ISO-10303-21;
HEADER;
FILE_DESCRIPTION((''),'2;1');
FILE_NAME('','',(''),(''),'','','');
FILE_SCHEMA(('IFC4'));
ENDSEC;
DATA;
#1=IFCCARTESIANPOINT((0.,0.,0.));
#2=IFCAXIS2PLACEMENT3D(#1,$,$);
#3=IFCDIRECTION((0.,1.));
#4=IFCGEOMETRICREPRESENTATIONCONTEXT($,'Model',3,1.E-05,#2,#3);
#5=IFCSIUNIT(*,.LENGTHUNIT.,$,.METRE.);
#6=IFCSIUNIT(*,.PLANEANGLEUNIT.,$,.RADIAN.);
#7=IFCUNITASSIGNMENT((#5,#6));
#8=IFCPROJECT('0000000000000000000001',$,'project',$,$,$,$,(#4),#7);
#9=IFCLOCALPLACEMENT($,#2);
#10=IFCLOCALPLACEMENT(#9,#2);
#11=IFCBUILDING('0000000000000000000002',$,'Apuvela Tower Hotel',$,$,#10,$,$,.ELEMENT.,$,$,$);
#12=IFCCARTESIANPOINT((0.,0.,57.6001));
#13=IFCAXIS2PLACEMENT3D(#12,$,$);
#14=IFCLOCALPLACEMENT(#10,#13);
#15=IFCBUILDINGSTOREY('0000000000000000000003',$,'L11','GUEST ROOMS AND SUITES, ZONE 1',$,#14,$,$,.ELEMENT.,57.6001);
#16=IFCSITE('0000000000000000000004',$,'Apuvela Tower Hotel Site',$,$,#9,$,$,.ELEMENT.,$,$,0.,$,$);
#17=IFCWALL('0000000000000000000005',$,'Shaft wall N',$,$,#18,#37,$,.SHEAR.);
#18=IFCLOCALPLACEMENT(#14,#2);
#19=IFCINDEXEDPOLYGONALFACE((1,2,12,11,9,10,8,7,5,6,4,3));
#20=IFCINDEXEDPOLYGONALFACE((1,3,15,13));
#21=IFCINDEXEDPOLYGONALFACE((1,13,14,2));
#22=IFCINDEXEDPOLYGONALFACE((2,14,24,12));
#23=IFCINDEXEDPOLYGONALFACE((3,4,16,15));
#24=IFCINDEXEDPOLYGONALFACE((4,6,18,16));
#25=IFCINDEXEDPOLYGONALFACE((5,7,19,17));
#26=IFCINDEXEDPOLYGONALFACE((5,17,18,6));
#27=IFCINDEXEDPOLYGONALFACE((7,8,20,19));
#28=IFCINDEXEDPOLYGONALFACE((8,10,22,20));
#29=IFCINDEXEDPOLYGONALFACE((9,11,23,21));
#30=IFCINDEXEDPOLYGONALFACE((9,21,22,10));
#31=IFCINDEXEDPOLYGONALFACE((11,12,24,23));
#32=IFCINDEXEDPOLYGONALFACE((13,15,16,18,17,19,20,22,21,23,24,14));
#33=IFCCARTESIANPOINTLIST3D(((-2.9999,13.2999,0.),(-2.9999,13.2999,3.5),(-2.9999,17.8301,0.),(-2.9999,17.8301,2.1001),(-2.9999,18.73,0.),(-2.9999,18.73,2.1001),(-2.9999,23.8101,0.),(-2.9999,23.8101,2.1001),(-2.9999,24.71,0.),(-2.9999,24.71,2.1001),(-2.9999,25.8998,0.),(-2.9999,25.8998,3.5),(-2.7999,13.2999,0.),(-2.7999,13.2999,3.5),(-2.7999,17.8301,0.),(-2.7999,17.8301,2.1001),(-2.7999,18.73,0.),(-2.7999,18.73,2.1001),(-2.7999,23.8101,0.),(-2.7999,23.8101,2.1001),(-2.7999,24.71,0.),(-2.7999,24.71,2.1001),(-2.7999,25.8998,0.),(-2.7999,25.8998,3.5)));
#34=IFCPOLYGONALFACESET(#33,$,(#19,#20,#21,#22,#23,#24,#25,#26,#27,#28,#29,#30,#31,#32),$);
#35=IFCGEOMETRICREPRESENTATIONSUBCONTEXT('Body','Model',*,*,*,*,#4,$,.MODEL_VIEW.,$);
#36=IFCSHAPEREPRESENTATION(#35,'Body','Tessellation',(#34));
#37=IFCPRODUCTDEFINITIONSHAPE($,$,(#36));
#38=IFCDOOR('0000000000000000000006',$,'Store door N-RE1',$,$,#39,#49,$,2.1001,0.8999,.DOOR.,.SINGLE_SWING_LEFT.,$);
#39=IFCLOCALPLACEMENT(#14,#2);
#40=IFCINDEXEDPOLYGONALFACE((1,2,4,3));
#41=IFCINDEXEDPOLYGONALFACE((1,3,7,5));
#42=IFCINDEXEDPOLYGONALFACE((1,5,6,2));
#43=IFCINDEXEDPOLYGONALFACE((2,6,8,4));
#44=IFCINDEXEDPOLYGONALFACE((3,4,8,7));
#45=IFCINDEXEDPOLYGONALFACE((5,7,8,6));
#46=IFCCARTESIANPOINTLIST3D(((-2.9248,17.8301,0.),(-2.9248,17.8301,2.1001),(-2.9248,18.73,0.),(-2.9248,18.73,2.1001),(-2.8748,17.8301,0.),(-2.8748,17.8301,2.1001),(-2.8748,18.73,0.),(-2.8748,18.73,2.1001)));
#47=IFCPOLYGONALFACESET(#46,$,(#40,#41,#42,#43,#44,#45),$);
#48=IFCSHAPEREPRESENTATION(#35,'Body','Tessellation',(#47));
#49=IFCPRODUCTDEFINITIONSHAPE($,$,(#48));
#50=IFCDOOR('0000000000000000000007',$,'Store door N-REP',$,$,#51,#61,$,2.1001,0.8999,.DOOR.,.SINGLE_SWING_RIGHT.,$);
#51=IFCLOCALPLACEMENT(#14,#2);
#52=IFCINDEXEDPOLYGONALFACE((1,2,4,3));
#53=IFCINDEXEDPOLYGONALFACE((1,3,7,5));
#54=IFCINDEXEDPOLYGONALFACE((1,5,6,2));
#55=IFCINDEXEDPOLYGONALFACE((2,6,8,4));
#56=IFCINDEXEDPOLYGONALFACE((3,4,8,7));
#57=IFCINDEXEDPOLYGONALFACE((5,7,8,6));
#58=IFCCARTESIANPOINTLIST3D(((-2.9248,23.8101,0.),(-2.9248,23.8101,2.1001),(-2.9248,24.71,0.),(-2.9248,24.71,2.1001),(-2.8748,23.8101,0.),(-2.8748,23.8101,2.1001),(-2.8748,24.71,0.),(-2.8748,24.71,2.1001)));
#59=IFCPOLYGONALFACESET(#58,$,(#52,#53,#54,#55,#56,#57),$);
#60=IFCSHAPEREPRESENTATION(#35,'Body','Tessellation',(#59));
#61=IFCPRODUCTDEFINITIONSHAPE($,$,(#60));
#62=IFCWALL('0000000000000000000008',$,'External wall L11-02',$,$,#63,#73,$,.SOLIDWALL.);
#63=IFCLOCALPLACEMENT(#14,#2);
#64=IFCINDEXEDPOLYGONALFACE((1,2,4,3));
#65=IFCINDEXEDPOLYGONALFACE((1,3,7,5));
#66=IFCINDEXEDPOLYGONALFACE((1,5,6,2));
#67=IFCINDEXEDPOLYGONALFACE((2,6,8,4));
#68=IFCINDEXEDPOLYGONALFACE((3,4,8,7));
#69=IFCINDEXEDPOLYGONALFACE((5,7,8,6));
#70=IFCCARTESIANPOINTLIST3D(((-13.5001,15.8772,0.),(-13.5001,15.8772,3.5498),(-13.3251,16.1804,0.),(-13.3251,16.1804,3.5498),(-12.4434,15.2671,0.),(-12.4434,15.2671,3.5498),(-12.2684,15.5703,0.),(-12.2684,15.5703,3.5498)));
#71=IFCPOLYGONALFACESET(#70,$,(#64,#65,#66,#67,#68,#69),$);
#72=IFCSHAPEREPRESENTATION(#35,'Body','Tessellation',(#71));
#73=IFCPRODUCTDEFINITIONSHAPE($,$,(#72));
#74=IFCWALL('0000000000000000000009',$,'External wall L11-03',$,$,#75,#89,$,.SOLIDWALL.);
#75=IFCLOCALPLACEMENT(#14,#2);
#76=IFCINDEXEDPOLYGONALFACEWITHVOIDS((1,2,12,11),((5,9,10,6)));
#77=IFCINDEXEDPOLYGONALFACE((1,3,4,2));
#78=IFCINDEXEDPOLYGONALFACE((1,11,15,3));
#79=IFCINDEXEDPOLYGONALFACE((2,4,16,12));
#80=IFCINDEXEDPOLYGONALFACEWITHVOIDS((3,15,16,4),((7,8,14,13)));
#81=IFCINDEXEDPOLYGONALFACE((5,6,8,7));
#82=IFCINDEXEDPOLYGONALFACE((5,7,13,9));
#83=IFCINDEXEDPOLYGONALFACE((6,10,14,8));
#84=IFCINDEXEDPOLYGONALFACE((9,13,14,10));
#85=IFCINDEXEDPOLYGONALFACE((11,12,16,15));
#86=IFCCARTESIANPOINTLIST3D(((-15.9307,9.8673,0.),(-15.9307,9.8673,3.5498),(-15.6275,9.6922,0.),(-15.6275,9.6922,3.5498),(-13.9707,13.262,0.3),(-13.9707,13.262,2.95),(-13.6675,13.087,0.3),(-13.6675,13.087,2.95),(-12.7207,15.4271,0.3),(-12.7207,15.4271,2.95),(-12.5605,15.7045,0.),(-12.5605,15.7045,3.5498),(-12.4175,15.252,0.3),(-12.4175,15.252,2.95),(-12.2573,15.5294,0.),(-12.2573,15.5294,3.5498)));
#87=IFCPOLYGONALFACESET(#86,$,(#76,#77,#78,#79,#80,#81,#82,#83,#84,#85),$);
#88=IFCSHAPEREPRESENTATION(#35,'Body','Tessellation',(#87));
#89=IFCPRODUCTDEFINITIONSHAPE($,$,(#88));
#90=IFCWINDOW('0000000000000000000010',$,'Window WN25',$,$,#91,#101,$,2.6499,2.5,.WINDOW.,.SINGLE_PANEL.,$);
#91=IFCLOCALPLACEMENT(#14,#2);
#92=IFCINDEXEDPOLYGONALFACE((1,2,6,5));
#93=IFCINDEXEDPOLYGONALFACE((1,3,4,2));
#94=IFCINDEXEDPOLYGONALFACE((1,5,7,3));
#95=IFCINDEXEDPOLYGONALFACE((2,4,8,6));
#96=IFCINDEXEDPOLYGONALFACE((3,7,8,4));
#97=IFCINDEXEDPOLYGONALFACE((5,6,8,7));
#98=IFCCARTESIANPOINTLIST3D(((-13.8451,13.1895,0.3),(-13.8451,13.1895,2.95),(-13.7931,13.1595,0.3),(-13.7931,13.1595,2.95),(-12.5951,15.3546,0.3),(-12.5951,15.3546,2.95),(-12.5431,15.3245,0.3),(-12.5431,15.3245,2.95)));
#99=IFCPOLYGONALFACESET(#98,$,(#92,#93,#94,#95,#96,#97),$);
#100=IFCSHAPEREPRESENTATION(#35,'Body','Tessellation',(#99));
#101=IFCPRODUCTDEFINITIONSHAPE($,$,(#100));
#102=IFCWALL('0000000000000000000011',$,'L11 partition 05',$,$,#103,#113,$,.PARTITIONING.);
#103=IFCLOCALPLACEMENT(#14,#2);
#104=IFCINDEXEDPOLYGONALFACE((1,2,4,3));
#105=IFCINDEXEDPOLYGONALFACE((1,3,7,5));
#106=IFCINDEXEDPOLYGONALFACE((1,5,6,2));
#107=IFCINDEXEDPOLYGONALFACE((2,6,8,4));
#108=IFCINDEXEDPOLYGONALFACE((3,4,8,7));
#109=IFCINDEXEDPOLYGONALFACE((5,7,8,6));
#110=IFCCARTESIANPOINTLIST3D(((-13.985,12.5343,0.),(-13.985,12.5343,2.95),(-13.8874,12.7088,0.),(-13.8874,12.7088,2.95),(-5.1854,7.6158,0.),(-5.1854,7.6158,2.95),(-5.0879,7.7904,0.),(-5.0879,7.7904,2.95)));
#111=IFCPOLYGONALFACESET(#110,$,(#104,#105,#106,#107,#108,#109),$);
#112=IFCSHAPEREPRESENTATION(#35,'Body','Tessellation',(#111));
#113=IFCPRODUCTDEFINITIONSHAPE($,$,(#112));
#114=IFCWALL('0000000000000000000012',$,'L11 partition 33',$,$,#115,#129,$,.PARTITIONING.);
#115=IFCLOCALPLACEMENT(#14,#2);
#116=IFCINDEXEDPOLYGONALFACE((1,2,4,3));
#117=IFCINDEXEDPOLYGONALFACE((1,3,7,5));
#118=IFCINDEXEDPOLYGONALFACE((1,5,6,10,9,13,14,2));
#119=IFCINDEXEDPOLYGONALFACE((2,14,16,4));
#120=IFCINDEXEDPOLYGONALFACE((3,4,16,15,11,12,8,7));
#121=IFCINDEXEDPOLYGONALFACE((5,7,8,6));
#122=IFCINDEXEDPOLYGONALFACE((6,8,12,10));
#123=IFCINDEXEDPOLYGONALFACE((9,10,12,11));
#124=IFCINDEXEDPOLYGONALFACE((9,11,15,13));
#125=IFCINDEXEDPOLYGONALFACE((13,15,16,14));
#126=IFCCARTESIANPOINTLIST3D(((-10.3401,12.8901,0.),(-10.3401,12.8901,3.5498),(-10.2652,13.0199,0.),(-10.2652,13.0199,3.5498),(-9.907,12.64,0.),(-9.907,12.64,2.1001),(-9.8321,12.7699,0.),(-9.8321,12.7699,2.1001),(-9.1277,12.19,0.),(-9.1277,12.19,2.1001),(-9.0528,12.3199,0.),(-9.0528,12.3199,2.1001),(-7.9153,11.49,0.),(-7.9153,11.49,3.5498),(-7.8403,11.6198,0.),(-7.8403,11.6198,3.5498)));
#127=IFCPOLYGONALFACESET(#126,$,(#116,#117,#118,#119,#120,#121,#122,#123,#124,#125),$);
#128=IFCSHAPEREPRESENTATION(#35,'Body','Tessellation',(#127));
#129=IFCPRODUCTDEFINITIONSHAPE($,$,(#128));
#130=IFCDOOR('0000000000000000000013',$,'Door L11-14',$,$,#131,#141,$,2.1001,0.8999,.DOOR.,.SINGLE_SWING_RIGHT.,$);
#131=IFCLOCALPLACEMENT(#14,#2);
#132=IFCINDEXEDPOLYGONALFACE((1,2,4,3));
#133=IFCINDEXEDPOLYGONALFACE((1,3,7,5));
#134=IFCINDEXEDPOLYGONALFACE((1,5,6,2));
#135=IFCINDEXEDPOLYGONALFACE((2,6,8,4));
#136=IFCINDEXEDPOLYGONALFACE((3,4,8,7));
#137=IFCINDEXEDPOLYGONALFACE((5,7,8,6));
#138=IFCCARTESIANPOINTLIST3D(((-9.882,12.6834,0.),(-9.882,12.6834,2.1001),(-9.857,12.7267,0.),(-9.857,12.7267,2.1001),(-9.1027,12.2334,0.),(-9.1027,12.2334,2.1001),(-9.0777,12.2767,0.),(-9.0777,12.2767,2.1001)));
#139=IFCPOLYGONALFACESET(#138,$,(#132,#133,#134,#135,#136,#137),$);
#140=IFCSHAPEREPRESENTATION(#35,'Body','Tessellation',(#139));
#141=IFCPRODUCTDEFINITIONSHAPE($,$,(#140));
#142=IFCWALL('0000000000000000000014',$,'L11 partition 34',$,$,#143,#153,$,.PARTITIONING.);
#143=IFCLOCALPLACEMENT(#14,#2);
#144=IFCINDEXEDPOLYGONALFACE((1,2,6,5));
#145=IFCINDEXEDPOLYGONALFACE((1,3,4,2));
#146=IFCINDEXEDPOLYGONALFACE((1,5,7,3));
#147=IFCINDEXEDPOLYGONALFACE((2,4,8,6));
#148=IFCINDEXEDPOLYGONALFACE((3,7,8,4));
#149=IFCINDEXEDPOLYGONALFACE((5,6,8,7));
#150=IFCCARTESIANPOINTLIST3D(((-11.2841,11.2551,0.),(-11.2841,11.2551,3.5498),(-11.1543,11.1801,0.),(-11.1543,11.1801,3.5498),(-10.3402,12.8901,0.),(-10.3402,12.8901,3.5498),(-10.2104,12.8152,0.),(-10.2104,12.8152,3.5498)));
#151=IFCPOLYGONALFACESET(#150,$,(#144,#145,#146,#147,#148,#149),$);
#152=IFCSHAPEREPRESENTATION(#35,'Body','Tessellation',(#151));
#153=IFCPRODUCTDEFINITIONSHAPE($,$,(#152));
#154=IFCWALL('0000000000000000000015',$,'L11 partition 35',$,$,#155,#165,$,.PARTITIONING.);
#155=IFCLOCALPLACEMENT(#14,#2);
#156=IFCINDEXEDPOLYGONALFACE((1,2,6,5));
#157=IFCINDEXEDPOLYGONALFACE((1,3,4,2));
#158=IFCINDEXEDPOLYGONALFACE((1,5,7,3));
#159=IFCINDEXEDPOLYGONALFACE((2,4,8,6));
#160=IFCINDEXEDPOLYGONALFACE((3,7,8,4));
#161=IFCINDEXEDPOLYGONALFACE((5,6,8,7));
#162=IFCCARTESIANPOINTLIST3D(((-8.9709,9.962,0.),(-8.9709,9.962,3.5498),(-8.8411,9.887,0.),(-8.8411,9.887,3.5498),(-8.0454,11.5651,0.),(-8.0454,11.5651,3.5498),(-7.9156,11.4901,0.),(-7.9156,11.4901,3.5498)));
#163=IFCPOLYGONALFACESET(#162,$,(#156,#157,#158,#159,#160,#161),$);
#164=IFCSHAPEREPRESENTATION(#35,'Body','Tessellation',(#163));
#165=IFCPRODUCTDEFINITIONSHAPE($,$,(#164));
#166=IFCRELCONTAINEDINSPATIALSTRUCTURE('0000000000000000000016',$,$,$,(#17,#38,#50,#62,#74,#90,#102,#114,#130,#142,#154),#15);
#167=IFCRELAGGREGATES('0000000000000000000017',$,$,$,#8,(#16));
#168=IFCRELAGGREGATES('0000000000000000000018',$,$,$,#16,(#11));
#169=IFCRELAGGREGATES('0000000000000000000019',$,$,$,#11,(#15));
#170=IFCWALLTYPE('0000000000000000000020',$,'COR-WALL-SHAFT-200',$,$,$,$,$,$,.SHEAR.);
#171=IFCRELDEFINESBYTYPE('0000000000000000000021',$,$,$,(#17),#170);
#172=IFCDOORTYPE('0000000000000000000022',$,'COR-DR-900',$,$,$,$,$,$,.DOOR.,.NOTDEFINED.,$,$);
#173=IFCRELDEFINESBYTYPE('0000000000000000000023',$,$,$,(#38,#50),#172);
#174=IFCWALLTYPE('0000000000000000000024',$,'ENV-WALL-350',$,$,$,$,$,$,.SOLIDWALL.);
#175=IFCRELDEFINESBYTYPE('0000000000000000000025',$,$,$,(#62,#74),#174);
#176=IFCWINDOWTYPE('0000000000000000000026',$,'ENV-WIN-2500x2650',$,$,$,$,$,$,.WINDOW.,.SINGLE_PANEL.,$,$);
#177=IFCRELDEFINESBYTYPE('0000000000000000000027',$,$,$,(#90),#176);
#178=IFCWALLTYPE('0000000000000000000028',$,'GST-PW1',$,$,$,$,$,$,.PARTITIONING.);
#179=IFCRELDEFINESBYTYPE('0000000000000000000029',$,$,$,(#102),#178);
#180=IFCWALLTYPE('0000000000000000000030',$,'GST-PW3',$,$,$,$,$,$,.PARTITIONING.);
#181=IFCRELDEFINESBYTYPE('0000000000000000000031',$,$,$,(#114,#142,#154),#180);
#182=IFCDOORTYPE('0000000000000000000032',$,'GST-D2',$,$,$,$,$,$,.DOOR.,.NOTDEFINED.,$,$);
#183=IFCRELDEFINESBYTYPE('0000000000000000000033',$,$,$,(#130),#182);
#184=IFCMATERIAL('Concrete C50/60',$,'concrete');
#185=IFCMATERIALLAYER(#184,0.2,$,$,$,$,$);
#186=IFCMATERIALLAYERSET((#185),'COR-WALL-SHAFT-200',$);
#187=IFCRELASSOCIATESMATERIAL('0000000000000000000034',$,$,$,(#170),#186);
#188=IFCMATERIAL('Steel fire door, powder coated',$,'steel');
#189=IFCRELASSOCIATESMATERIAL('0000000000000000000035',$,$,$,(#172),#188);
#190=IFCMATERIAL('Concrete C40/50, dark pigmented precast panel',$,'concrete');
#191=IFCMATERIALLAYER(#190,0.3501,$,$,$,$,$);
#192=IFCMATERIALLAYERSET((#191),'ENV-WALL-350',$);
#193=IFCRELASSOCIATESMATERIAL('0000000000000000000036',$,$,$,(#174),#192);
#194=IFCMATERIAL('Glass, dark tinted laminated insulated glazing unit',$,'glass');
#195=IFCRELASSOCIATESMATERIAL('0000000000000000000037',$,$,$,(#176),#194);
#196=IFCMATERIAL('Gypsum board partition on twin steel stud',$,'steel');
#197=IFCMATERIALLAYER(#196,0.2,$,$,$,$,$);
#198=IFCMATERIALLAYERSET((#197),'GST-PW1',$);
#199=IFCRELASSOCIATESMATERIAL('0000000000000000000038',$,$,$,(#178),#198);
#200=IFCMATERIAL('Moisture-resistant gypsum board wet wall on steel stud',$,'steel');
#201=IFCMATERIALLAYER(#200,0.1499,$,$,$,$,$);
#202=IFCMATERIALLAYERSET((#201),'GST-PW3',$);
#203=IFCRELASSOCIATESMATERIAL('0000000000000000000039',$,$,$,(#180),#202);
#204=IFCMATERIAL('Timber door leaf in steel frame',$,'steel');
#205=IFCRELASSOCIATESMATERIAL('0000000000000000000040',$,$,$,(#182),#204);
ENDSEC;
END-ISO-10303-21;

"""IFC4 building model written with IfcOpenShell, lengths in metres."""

from ifc_helpers import new_model, si_unit, direction, frame, frame_2d, origin, place, context, subcontext, project, spatial, rectangle, extrude, material, layer, layer_set, type_object, element, fill, save


model = new_model("IFC4")

# Units and contexts
model_context = context("Model", 3, precision=1e-05, world=origin(), true_north=direction((0.0, 1.0)))
body_context = subcontext(model_context, "Body", "Model", "MODEL_VIEW")
ifc_project = project(units=[si_unit("LENGTHUNIT", "METRE"), si_unit("PLANEANGLEUNIT", "RADIAN")], contexts=[model_context])

# Site, building, storey
site_placement = place(None, origin())
site = spatial("IfcSite", under=ifc_project, at=site_placement, Name="Apuvela Tower Hotel Site", CompositionType="ELEMENT", RefElevation=0.0)
building_placement = place(site_placement, origin())
building = spatial("IfcBuilding", under=site, at=building_placement, Name="Apuvela Tower Hotel", CompositionType="ELEMENT")
storey_placement = place(building_placement, frame((0.0, 0.0, 57.6001)))
storey = spatial("IfcBuildingStorey", under=building, at=storey_placement, Name="L11", Description="GUEST ROOMS AND SUITES, ZONE 1", CompositionType="ELEMENT", Elevation=57.6001)

# Shared definitions
ifc_material_1 = material(Name="Concrete C50/60", Category="concrete")
ifc_layer_1 = layer(ifc_material_1, 0.2)
ifc_layer_set_1 = layer_set([ifc_layer_1], Name="COR-WALL-SHAFT-200")
wall_type_1 = type_object("IfcWallType", Name="COR-WALL-SHAFT-200", PredefinedType="SHEAR", material=ifc_layer_set_1)

# Wall, openings, doors
wall_1_placement = place(storey_placement, frame((-2.8999, 13.3, 0.0), z_axis=(0.0, 0.0, 1.0), x_axis=(0.0, 1.0, 0.0)))
wall_1 = element("IfcWall", 1, at=wall_1_placement, inside=storey, type_object=wall_type_1, Name="Shaft wall N", PredefinedType="SHEAR", context=body_context, shape_type="SweptSolid", body=[
    extrude(rectangle(XDim=12.5999, YDim=0.2, at=frame_2d((6.2998, 0.0))), origin(), (0.0, 0.0, 1.0), 3.5),
])
opening_1_placement = place(wall_1_placement, frame((4.53, 0.0, 0.0)))
opening_1 = element("IfcOpeningElement", 2, at=opening_1_placement, cuts=wall_1, PredefinedType="OPENING", context=body_context, shape_type="SweptSolid", body=[
    extrude(rectangle(XDim=0.8999, YDim=2.1001, at=frame_2d((0.45, 1.05))), frame((0.0, 0.1099, 0.0), z_axis=(0.0, -1.0, 0.0), x_axis=(1.0, 0.0, 0.0)), (0.0, 0.0, 1.0), 0.22),
])
opening_2_placement = place(wall_1_placement, frame((10.51, 0.0, 0.0)))
opening_2 = element("IfcOpeningElement", 3, at=opening_2_placement, cuts=wall_1, PredefinedType="OPENING", context=body_context, shape_type="SweptSolid", body=[
    extrude(rectangle(XDim=0.8999, YDim=2.1001, at=frame_2d((0.45, 1.05))), frame((0.0, 0.1099, 0.0), z_axis=(0.0, -1.0, 0.0), x_axis=(1.0, 0.0, 0.0)), (0.0, 0.0, 1.0), 0.22),
])
ifc_material_2 = material(Name="Steel fire door, powder coated", Category="steel")
door_type_1 = type_object("IfcDoorType", Name="COR-DR-900", OperationType="NOTDEFINED", PredefinedType="DOOR", material=ifc_material_2)
door_1_placement = place(opening_1_placement, origin())
door_1 = element("IfcDoor", 4, at=door_1_placement, inside=storey, type_object=door_type_1, Name="Store door N-RE1", OperationType="SINGLE_SWING_LEFT", OverallHeight=2.1001, OverallWidth=0.8999, PredefinedType="DOOR", context=body_context, shape_type="SweptSolid", body=[
    extrude(rectangle(XDim=0.8999, YDim=2.1001, at=frame_2d((0.45, 1.05))), frame((0.0, 0.0249, 0.0), z_axis=(0.0, -1.0, 0.0), x_axis=(1.0, 0.0, 0.0)), (0.0, 0.0, 1.0), 0.05),
])
fill(opening_1, door_1)
door_2_placement = place(opening_2_placement, origin())
door_2 = element("IfcDoor", 5, at=door_2_placement, inside=storey, type_object=door_type_1, Name="Store door N-REP", OperationType="SINGLE_SWING_RIGHT", OverallHeight=2.1001, OverallWidth=0.8999, PredefinedType="DOOR", context=body_context, shape_type="SweptSolid", body=[
    extrude(rectangle(XDim=0.8999, YDim=2.1001, at=frame_2d((0.45, 1.05))), frame((0.0, 0.0249, 0.0), z_axis=(0.0, -1.0, 0.0), x_axis=(1.0, 0.0, 0.0)), (0.0, 0.0, 1.0), 0.05),
])
fill(opening_2, door_2)

# Wall
ifc_material_3 = material(Name="Concrete C40/50, dark pigmented precast panel", Category="concrete")
ifc_layer_2 = layer(ifc_material_3, 0.3501)
ifc_layer_set_2 = layer_set([ifc_layer_2], Name="ENV-WALL-350")
wall_type_2 = type_object("IfcWallType", Name="ENV-WALL-350", PredefinedType="SOLIDWALL", material=ifc_layer_set_2)
wall_2_placement = place(storey_placement, frame((-13.4126, 16.0288, 0.0), z_axis=(0.0, 0.0, 1.0), x_axis=(0.866006, -0.500034, 0.0)))
element("IfcWall", 6, at=wall_2_placement, inside=storey, type_object=wall_type_2, Name="External wall L11-02", PredefinedType="SOLIDWALL", context=body_context, shape_type="SweptSolid", body=[
    extrude(rectangle(XDim=1.2202, YDim=0.3501, at=frame_2d((0.6101, 0.0))), origin(), (0.0, 0.0, 1.0), 3.5498),
])

# Wall, opening, window
wall_3_placement = place(storey_placement, frame((-12.4089, 15.6169, 0.0), z_axis=(0.0, 0.0, 1.0), x_axis=(-0.500004, -0.866023, 0.0)))
wall_3 = element("IfcWall", 7, at=wall_3_placement, inside=storey, type_object=wall_type_2, Name="External wall L11-03", PredefinedType="SOLIDWALL", context=body_context, shape_type="SweptSolid", body=[
    extrude(rectangle(XDim=6.7402, YDim=0.3501, at=frame_2d((3.3701, 0.0))), origin(), (0.0, 0.0, 1.0), 3.5498),
])
opening_3_placement = place(wall_3_placement, frame((0.3203, 0.0, 0.3)))
opening_3 = element("IfcOpeningElement", 8, at=opening_3_placement, cuts=wall_3, PredefinedType="OPENING", context=body_context, shape_type="SweptSolid", body=[
    extrude(rectangle(XDim=2.5, YDim=2.6499, at=frame_2d((1.25, 1.325))), frame((0.0, 0.1851, 0.0), z_axis=(0.0, -1.0, 0.0), x_axis=(1.0, 0.0, 0.0)), (0.0, 0.0, 1.0), 0.3701),
])
ifc_material_4 = material(Name="Glass, dark tinted laminated insulated glazing unit", Category="glass")
window_type = type_object("IfcWindowType", Name="ENV-WIN-2500x2650", PartitioningType="SINGLE_PANEL", PredefinedType="WINDOW", material=ifc_material_4)
window_placement = place(opening_3_placement, origin())
window = element("IfcWindow", 9, at=window_placement, inside=storey, type_object=window_type, Name="Window WN25", OverallHeight=2.6499, OverallWidth=2.5, PartitioningType="SINGLE_PANEL", PredefinedType="WINDOW", context=body_context, shape_type="SweptSolid", body=[
    extrude(rectangle(XDim=2.5, YDim=2.6499, at=frame_2d((1.25, 1.325))), frame((0.0, 0.03, 0.0), z_axis=(0.0, -1.0, 0.0), x_axis=(1.0, 0.0, 0.0)), (0.0, 0.0, 1.0), 0.0601),
])
fill(opening_3, window)

# Wall
ifc_material_5 = material(Name="Gypsum board partition on twin steel stud", Category="steel")
ifc_layer_3 = layer(ifc_material_5, 0.2)
ifc_layer_set_3 = layer_set([ifc_layer_3], Name="GST-PW1")
wall_type_3 = type_object("IfcWallType", Name="GST-PW1", PredefinedType="PARTITIONING", material=ifc_layer_set_3)
wall_4_placement = place(storey_placement, frame((-13.9363, 12.6216, 0.0), z_axis=(0.0, 0.0, 1.0), x_axis=(0.872899, -0.487901, 0.0)))
element("IfcWall", 10, at=wall_4_placement, inside=storey, type_object=wall_type_3, Name="L11 partition 05", PredefinedType="PARTITIONING", context=body_context, shape_type="SweptSolid", body=[
    extrude(rectangle(XDim=10.0808, YDim=0.2, at=frame_2d((5.0405, 0.0))), origin(), (0.0, 0.0, 1.0), 2.95),
])

# Wall, opening, door
ifc_material_6 = material(Name="Moisture-resistant gypsum board wet wall on steel stud", Category="steel")
ifc_layer_4 = layer(ifc_material_6, 0.1499)
ifc_layer_set_4 = layer_set([ifc_layer_4], Name="GST-PW3")
wall_type_4 = type_object("IfcWallType", Name="GST-PW3", PredefinedType="PARTITIONING", material=ifc_layer_set_4)
wall_5_placement = place(storey_placement, frame((-7.8779, 11.5549, 0.0), z_axis=(0.0, 0.0, 1.0), x_axis=(-0.865997, 0.50005, 0.0)))
wall_5 = element("IfcWall", 11, at=wall_5_placement, inside=storey, type_object=wall_type_4, Name="L11 partition 33", PredefinedType="PARTITIONING", context=body_context, shape_type="SweptSolid", body=[
    extrude(rectangle(XDim=2.8, YDim=0.1499, at=frame_2d((1.3999, 0.0))), origin(), (0.0, 0.0, 1.0), 3.5498),
])
opening_4_placement = place(wall_5_placement, frame((1.3999, 0.0, 0.0)))
opening_4 = element("IfcOpeningElement", 12, at=opening_4_placement, cuts=wall_5, PredefinedType="OPENING", context=body_context, shape_type="SweptSolid", body=[
    extrude(rectangle(XDim=0.8999, YDim=2.1001, at=frame_2d((0.45, 1.05))), frame((0.0, 0.085, 0.0), z_axis=(0.0, -1.0, 0.0), x_axis=(1.0, 0.0, 0.0)), (0.0, 0.0, 1.0), 0.1699),
])
ifc_material_7 = material(Name="Timber door leaf in steel frame", Category="steel")
door_type_2 = type_object("IfcDoorType", Name="GST-D2", OperationType="NOTDEFINED", PredefinedType="DOOR", material=ifc_material_7)
door_3_placement = place(opening_4_placement, origin())
door_3 = element("IfcDoor", 13, at=door_3_placement, inside=storey, type_object=door_type_2, Name="Door L11-14", OperationType="SINGLE_SWING_RIGHT", OverallHeight=2.1001, OverallWidth=0.8999, PredefinedType="DOOR", context=body_context, shape_type="SweptSolid", body=[
    extrude(rectangle(XDim=0.8999, YDim=2.1001, at=frame_2d((0.45, 1.05))), frame((0.0, 0.0249, 0.0), z_axis=(0.0, -1.0, 0.0), x_axis=(1.0, 0.0, 0.0)), (0.0, 0.0, 1.0), 0.05),
])
fill(opening_4, door_3)

# Walls
wall_6_placement = place(storey_placement, frame((-10.2754, 12.8525, 0.0), z_axis=(0.0, 0.0, 1.0), x_axis=(-0.49995, -0.866054, 0.0)))
element("IfcWall", 14, at=wall_6_placement, inside=storey, type_object=wall_type_4, Name="L11 partition 34", PredefinedType="PARTITIONING", context=body_context, shape_type="SweptSolid", body=[
    extrude(rectangle(XDim=1.8879, YDim=0.1499, at=frame_2d((0.9438, 0.0))), origin(), (0.0, 0.0, 1.0), 3.5498),
])
wall_7_placement = place(storey_placement, frame((-7.9805, 11.5276, 0.0), z_axis=(0.0, 0.0, 1.0), x_axis=(-0.500012, -0.866019, 0.0)))
element("IfcWall", 15, at=wall_7_placement, inside=storey, type_object=wall_type_4, Name="L11 partition 35", PredefinedType="PARTITIONING", context=body_context, shape_type="SweptSolid", body=[
    extrude(rectangle(XDim=1.8511, YDim=0.1499, at=frame_2d((0.9255, 0.0))), origin(), (0.0, 0.0, 1.0), 3.5498),
])

save(model, "model.ifc")
